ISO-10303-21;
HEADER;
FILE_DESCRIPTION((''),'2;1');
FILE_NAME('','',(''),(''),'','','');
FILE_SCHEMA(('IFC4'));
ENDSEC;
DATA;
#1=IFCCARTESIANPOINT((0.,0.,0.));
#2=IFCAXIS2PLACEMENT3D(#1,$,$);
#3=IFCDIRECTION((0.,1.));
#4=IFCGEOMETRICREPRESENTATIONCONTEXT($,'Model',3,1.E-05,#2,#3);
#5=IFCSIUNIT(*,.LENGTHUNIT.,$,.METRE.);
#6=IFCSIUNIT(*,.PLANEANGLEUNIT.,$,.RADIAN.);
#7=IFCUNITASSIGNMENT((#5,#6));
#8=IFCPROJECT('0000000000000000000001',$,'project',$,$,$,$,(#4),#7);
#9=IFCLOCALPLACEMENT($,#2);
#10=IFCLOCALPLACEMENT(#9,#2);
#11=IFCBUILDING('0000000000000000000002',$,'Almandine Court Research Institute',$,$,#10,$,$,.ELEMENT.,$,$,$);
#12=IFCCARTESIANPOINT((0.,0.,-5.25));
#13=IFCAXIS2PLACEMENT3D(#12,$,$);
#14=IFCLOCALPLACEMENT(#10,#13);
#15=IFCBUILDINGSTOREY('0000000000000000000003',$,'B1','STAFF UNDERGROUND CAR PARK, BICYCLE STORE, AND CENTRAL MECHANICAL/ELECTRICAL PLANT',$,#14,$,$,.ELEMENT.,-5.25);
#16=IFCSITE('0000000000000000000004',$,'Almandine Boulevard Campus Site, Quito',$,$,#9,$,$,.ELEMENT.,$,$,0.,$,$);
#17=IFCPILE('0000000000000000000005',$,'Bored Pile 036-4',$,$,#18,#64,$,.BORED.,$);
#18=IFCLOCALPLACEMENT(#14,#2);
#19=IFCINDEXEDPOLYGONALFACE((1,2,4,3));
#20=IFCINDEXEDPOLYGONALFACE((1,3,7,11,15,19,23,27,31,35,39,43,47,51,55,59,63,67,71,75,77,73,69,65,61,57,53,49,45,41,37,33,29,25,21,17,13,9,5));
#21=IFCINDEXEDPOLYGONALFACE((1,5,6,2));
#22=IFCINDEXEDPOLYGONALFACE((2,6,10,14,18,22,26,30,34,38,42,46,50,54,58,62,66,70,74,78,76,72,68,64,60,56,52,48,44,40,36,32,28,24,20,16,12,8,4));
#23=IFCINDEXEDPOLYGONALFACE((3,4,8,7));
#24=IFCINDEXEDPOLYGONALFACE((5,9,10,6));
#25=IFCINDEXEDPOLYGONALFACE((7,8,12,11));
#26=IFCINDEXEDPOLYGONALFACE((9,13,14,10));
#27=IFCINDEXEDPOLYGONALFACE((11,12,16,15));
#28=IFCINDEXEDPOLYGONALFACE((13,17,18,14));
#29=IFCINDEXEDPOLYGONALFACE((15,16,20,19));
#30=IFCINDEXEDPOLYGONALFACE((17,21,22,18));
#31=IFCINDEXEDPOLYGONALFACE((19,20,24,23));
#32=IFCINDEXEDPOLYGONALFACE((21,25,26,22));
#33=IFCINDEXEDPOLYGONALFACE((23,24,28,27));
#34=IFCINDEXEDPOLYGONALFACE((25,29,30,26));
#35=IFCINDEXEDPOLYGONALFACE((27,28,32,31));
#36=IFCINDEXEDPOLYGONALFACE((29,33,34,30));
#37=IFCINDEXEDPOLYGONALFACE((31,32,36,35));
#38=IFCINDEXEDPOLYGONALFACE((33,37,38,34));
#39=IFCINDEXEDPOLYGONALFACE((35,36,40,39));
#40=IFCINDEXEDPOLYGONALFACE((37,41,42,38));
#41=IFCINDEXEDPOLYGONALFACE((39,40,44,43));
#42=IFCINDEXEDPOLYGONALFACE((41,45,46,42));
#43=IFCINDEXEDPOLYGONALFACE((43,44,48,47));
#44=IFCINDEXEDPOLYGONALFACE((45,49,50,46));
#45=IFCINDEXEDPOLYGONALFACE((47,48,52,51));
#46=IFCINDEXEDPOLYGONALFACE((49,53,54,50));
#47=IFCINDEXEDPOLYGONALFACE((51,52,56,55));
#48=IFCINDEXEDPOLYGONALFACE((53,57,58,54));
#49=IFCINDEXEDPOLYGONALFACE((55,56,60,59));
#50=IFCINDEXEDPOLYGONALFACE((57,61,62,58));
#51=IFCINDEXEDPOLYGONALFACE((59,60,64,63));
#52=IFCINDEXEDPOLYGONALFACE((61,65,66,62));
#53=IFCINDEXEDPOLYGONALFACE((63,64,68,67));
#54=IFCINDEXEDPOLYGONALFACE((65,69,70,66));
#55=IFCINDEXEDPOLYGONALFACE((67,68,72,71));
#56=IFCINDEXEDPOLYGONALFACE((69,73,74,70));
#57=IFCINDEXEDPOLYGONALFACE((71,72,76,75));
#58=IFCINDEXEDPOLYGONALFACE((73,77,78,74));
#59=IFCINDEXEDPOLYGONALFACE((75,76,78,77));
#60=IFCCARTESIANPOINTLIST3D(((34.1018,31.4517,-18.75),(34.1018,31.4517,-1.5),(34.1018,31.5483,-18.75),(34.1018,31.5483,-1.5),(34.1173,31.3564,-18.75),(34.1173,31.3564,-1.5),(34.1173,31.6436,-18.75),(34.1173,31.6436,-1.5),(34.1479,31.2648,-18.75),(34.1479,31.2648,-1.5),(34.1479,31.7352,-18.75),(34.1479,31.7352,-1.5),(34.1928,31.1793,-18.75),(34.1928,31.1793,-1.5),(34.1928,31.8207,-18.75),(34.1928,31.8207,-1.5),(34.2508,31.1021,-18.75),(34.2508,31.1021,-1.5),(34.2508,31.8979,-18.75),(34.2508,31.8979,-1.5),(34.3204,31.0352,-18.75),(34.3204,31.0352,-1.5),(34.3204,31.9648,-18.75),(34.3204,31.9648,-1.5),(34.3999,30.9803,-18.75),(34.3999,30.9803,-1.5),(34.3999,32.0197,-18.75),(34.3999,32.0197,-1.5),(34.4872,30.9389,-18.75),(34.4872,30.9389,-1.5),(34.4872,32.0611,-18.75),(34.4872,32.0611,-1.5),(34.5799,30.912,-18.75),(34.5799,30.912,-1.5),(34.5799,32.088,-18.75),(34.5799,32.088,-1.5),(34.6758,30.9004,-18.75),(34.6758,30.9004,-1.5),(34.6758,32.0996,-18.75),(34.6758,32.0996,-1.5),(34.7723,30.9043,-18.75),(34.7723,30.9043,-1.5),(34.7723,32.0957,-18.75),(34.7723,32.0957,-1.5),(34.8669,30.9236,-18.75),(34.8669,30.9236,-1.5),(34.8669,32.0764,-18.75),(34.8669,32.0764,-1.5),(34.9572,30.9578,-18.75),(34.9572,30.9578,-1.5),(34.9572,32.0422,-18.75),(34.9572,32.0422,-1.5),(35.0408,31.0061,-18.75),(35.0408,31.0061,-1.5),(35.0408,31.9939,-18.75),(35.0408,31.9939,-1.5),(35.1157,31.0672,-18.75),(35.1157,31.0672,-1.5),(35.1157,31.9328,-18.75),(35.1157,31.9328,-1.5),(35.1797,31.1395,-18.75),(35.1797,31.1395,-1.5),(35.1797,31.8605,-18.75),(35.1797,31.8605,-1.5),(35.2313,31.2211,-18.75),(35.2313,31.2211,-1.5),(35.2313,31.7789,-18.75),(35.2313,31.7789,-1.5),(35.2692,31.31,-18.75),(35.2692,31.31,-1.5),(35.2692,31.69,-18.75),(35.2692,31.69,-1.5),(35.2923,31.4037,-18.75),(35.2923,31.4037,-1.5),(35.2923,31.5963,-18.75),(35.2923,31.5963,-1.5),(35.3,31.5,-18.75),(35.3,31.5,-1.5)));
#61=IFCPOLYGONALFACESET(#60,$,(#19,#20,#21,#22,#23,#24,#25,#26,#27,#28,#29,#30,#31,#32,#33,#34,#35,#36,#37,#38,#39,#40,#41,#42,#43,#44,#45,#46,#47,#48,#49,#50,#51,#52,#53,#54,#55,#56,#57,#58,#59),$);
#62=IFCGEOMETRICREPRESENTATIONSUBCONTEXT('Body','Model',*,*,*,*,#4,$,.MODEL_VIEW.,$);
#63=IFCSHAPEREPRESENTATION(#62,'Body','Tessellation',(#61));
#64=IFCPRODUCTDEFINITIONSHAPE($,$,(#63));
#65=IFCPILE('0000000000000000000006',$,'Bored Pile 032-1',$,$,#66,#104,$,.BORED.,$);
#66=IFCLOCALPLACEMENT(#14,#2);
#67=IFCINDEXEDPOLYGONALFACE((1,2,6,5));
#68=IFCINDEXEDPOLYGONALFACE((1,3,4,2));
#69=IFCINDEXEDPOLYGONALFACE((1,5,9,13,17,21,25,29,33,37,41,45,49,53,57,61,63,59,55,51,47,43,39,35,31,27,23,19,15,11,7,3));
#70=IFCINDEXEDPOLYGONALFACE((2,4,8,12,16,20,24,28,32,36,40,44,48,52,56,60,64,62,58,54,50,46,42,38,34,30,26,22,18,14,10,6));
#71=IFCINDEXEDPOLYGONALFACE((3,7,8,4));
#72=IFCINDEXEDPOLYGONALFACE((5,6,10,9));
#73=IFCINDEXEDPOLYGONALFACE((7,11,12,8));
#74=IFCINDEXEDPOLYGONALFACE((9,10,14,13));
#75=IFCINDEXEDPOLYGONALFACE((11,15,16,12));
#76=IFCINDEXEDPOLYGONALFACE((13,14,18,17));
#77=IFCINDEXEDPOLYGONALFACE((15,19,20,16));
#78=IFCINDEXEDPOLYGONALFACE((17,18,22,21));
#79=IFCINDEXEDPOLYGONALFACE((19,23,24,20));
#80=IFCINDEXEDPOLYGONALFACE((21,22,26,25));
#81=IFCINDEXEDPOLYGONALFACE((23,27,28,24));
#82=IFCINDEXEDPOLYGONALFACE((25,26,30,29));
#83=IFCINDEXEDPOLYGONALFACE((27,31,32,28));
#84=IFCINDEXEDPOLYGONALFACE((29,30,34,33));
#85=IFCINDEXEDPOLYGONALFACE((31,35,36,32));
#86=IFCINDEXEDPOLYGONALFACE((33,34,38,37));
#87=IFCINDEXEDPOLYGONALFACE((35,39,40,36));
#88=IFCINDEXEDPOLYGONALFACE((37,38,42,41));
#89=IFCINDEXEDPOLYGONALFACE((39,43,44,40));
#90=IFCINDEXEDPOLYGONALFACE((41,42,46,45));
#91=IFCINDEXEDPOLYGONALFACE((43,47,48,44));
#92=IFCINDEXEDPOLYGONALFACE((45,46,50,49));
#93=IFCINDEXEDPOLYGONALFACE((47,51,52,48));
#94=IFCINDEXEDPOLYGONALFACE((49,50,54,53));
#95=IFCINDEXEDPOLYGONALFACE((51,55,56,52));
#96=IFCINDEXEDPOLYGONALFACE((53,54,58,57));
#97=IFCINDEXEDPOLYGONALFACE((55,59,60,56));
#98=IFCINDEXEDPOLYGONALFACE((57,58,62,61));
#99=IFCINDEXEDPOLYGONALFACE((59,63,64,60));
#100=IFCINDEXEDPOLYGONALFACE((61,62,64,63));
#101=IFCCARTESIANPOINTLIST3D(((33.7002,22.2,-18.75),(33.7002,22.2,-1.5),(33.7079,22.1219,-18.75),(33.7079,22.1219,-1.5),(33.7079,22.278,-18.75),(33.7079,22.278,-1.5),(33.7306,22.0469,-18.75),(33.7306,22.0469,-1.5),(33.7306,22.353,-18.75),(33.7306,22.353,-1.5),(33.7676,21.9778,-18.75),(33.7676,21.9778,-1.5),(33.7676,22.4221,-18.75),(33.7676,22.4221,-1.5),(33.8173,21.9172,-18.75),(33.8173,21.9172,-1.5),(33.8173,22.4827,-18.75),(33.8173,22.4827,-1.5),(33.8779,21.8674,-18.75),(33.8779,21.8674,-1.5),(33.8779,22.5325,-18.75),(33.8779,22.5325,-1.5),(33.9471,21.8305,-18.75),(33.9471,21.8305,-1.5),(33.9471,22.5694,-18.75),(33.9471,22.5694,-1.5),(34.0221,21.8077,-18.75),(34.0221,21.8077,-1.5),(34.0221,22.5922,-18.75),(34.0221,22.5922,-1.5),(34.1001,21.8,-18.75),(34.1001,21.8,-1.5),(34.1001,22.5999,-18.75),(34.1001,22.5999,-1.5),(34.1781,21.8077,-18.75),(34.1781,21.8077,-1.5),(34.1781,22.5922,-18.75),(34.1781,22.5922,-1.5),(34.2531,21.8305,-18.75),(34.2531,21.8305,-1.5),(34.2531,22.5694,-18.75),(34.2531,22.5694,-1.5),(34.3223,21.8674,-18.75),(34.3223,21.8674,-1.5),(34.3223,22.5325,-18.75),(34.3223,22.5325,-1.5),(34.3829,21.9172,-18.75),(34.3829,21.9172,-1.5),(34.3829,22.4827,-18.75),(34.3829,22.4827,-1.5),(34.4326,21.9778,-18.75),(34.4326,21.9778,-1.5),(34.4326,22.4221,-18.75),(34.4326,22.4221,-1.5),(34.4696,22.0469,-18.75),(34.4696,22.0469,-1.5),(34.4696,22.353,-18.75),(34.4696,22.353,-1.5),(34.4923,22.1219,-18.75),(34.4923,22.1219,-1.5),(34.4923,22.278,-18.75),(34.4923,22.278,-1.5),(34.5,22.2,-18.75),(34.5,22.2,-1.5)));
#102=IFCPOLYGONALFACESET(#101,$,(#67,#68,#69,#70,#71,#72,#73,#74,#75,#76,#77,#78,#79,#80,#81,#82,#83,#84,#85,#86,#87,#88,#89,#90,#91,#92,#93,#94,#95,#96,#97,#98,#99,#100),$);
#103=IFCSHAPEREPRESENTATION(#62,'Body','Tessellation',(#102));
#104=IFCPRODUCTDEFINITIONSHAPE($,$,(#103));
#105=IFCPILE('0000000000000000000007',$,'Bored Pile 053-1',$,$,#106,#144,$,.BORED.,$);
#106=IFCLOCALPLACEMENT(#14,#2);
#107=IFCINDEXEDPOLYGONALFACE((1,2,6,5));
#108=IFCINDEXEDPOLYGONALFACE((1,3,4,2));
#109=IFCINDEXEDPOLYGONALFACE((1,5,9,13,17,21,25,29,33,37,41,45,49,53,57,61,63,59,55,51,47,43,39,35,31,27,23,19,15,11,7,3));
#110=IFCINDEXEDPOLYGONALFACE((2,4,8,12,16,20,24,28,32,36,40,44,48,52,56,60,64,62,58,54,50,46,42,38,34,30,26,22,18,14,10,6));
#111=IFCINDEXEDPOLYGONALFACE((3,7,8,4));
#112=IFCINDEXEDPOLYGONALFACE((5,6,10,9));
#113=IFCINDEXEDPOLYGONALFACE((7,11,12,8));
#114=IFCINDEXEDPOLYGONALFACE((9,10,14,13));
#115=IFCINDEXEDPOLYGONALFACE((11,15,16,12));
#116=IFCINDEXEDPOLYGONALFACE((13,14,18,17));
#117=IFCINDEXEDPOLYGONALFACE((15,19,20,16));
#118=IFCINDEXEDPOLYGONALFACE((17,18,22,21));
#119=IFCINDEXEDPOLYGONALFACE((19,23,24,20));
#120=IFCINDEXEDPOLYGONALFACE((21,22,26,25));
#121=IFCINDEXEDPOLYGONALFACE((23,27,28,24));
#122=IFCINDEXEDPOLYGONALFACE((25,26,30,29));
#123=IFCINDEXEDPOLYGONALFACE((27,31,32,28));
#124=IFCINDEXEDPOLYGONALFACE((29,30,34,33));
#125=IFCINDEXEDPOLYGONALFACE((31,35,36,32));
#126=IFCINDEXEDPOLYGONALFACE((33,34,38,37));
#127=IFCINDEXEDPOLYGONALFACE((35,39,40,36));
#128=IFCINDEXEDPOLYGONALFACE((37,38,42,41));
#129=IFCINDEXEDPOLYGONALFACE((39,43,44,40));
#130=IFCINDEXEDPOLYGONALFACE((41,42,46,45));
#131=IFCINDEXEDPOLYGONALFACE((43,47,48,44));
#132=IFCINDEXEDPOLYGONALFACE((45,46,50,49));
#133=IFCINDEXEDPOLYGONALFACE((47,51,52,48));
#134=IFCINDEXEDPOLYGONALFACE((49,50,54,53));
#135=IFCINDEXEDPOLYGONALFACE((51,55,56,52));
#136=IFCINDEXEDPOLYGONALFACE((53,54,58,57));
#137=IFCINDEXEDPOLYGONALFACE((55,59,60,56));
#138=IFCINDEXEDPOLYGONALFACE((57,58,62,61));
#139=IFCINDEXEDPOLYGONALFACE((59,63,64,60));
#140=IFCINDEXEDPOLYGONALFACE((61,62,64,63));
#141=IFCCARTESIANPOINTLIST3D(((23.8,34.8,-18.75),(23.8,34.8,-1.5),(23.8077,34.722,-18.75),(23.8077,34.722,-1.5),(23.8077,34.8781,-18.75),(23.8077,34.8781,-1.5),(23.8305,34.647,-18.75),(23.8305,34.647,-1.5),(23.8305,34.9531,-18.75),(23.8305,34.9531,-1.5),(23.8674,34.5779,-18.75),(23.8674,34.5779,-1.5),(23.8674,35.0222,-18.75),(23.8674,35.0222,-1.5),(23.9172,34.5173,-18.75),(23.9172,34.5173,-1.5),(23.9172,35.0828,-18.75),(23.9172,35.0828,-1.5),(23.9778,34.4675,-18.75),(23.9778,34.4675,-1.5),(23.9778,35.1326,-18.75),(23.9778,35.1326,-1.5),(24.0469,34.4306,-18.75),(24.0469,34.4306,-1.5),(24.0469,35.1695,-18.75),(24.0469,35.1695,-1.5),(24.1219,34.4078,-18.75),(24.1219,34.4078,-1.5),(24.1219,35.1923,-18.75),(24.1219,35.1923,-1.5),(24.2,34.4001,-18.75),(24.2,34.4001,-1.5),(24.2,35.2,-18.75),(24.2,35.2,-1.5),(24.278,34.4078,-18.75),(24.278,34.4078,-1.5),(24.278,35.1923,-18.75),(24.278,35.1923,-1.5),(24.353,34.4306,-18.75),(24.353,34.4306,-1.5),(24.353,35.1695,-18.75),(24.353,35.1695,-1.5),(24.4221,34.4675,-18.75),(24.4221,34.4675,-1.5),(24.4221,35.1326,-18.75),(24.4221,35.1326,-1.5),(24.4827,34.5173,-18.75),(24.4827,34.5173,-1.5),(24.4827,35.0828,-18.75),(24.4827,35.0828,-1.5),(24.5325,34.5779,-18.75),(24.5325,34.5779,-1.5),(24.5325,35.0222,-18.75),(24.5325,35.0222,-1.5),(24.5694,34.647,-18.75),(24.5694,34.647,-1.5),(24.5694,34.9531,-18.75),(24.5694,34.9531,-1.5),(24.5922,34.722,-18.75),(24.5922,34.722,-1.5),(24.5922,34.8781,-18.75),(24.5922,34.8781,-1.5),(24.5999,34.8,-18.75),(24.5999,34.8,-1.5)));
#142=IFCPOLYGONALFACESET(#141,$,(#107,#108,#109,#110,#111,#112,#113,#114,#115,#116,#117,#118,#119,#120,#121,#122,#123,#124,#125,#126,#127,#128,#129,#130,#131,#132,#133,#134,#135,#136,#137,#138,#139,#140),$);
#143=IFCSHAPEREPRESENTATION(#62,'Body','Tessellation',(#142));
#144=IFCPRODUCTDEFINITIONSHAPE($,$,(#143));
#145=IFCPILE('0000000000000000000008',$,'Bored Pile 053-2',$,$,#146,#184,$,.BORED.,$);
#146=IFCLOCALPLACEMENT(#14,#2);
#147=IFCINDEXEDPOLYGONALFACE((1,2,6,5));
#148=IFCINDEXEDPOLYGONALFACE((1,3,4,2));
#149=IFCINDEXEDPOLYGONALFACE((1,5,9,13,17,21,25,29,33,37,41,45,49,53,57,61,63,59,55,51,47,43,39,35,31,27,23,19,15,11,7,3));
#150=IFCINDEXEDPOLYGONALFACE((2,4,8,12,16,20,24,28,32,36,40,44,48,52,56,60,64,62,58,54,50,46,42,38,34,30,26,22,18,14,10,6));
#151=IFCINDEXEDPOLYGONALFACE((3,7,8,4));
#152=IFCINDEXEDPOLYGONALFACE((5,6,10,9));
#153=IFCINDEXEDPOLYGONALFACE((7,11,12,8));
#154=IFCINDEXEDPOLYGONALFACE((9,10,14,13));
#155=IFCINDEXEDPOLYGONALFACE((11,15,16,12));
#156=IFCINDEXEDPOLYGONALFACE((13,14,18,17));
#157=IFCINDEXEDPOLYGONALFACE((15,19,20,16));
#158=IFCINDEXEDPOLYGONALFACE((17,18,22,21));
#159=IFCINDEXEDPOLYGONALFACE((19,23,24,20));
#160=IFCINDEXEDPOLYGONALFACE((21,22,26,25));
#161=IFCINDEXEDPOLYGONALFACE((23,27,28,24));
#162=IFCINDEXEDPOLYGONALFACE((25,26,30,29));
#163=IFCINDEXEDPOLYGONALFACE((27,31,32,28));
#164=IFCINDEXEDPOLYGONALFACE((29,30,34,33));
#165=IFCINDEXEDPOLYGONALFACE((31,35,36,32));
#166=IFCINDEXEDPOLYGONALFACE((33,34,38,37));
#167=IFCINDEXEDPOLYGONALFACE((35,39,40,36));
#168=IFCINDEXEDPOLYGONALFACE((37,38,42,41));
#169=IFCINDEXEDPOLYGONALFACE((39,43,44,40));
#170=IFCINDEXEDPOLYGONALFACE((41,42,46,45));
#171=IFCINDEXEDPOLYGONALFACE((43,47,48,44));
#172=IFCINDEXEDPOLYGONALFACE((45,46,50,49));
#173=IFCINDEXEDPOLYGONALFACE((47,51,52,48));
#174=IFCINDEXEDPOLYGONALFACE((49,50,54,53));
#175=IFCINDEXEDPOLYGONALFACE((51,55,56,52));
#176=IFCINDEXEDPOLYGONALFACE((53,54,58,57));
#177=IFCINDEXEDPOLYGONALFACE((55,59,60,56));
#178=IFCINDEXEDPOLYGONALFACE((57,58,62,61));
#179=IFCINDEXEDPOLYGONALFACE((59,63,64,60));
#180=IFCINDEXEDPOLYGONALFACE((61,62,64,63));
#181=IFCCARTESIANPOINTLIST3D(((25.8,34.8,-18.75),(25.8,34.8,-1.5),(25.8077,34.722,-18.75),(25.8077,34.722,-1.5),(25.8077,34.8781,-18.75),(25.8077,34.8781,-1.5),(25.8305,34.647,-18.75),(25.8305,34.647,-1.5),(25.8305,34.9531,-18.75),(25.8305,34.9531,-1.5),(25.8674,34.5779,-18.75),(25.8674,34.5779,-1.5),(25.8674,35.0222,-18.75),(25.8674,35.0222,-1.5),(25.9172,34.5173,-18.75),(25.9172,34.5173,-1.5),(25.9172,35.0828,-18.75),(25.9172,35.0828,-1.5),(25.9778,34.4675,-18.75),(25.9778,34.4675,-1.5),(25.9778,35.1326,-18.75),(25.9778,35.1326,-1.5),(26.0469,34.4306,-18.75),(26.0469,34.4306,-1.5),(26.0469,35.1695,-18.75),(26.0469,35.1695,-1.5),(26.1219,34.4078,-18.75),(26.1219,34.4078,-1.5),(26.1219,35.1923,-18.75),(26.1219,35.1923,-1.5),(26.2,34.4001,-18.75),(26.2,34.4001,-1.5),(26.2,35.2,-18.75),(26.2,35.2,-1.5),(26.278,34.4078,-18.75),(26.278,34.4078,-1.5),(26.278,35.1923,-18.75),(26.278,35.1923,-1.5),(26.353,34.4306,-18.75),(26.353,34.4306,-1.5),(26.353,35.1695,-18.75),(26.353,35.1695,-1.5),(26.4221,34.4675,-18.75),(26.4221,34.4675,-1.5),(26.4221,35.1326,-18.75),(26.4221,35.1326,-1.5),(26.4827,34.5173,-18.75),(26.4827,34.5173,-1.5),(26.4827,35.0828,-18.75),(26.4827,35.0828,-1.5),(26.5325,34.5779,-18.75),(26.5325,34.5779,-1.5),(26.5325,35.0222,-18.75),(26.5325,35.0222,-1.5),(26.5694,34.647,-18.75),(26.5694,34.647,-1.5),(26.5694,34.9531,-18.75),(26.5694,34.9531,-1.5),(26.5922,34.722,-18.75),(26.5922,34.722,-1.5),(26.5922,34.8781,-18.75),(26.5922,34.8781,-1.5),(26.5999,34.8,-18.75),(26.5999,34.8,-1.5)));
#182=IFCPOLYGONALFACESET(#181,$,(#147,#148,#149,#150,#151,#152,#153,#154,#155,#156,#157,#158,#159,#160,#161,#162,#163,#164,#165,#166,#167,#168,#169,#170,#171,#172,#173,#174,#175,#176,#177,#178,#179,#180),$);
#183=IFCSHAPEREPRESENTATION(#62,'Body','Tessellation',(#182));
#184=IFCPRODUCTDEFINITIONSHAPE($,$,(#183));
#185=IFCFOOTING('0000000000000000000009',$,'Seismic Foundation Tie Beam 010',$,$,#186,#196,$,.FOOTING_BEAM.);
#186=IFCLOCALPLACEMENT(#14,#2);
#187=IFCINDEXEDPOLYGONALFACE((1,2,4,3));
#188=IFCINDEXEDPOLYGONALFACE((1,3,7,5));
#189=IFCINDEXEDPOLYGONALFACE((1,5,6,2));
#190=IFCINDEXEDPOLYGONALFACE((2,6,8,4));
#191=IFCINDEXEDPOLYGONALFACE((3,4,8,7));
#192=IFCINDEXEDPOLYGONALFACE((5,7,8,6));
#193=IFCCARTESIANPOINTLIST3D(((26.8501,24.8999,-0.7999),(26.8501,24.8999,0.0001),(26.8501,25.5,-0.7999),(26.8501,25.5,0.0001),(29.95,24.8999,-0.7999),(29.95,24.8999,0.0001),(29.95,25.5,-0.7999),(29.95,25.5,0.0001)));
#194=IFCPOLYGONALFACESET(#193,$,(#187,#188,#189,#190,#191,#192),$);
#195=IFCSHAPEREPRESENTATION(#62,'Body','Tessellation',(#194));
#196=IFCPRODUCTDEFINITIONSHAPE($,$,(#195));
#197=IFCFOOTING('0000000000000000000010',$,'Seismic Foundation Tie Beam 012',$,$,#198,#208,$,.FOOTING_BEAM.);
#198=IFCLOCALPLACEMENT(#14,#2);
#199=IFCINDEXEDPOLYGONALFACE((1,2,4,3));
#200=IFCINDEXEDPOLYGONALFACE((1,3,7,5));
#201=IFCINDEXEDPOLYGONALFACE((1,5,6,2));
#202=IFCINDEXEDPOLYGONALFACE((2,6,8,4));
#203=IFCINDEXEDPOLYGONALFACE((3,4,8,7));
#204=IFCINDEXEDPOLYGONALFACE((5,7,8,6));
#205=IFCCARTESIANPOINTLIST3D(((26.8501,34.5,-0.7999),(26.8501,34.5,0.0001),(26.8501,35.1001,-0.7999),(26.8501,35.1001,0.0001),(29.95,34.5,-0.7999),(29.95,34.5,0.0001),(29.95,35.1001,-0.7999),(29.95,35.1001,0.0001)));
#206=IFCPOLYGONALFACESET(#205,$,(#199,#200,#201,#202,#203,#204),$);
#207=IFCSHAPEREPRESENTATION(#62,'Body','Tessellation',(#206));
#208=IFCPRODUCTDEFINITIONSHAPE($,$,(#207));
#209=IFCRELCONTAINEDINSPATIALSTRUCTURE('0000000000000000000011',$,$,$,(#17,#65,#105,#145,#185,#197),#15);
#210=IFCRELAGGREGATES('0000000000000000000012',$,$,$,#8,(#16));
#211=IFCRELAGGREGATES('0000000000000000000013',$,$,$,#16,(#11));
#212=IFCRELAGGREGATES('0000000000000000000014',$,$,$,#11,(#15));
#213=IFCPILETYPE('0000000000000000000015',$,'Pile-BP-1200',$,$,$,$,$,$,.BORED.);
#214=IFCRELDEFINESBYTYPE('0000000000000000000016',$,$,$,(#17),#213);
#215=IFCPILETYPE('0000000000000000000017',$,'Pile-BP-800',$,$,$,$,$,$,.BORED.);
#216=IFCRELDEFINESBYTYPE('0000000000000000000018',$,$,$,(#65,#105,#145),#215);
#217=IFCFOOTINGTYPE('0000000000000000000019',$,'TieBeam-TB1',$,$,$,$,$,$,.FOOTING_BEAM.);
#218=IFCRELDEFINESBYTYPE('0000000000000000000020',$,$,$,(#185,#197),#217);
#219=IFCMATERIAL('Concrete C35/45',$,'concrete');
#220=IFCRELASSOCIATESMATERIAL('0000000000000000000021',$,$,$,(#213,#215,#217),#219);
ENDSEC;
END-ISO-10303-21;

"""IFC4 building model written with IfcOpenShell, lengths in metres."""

from ifc_helpers import new_model, si_unit, direction, frame, origin, origin_2d, place, context, subcontext, project, spatial, rectangle, circle, extrude, material, material_profile, profile_set, type_object, element, save


model = new_model("IFC4")

# Units and contexts
model_context = context("Model", 3, precision=1e-05, world=origin(), true_north=direction((0.0, 1.0)))
body_context = subcontext(model_context, "Body", "Model", "MODEL_VIEW")
ifc_project = project(units=[si_unit("LENGTHUNIT", "METRE"), si_unit("PLANEANGLEUNIT", "RADIAN")], contexts=[model_context])

# Site, building, storey
site_placement = place(None, origin())
site = spatial("IfcSite", under=ifc_project, at=site_placement, Name="Almandine Boulevard Campus Site, Quito", CompositionType="ELEMENT", RefElevation=0.0)
building_placement = place(site_placement, origin())
building = spatial("IfcBuilding", under=site, at=building_placement, Name="Almandine Court Research Institute", CompositionType="ELEMENT")
storey_placement = place(building_placement, frame((0.0, 0.0, -5.25)))
storey = spatial("IfcBuildingStorey", under=building, at=storey_placement, Name="B1", Description="STAFF UNDERGROUND CAR PARK, BICYCLE STORE, AND CENTRAL MECHANICAL/ELECTRICAL PLANT", CompositionType="ELEMENT", Elevation=-5.25)

# Shared definitions
ifc_material_1 = material(Name="Concrete C35/45", Category="concrete")

# Piles
ifc_material_profile_1 = material_profile(ifc_material_1, circle(Radius=0.6001, at=origin_2d()), Name="BORED PILE D1200")
ifc_profile_set_1 = profile_set([ifc_material_profile_1], Name="Concrete C35/45")
pile_type_1 = type_object("IfcPileType", Name="Pile-BP-1200", PredefinedType="BORED", material=ifc_profile_set_1)
for number, where, z_axis, x_axis, name in (
    (1, (34.7, 31.5, -1.5), (0.0, 0.0, -1.0), (1.0, 0.0, 0.0), "Bored Pile 036-4"),
):
    element("IfcPile", number, at=place(storey_placement, frame(where, z_axis=z_axis, x_axis=x_axis)), inside=storey, type_object=pile_type_1, Name=name, PredefinedType="BORED", context=body_context, shape_type="SweptSolid", body=[
        extrude(circle(Radius=0.6001, at=origin_2d()), origin(), (0.0, 0.0, 1.0), 17.25),
    ])
ifc_material_profile_2 = material_profile(ifc_material_1, circle(Radius=0.3999, at=origin_2d()), Name="BORED PILE D800")
ifc_profile_set_2 = profile_set([ifc_material_profile_2], Name="Concrete C35/45")
pile_type_2 = type_object("IfcPileType", Name="Pile-BP-800", PredefinedType="BORED", material=ifc_profile_set_2)
for number, where, z_axis, x_axis, name in (
    (2, (34.1001, 22.2, -1.5), (0.0, 0.0, -1.0), (1.0, 0.0, 0.0), "Bored Pile 032-1"),
    (3, (24.2, 34.8, -1.5), (0.0, 0.0, -1.0), (1.0, 0.0, 0.0), "Bored Pile 053-1"),
    (4, (26.2, 34.8, -1.5), (0.0, 0.0, -1.0), (1.0, 0.0, 0.0), "Bored Pile 053-2"),
):
    element("IfcPile", number, at=place(storey_placement, frame(where, z_axis=z_axis, x_axis=x_axis)), inside=storey, type_object=pile_type_2, Name=name, PredefinedType="BORED", context=body_context, shape_type="SweptSolid", body=[
        extrude(circle(Radius=0.3999, at=origin_2d()), origin(), (0.0, 0.0, 1.0), 17.25),
    ])

# Footings
ifc_material_profile_3 = material_profile(ifc_material_1, rectangle(XDim=0.6001, YDim=0.8, at=origin_2d()), Name="RC TIE 600x800")
ifc_profile_set_3 = profile_set([ifc_material_profile_3], Name="Concrete C35/45")
footing_type_1 = type_object("IfcFootingType", Name="TieBeam-TB1", PredefinedType="FOOTING_BEAM", material=ifc_profile_set_3)
for number, where, z_axis, x_axis, name in (
    (5, (26.8501, 25.2, -0.3999), (1.0, 0.0, 0.0), (0.0, 1.0, 0.0), "Seismic Foundation Tie Beam 010"),
    (6, (26.8501, 34.8, -0.3999), (1.0, 0.0, 0.0), (0.0, 1.0, 0.0), "Seismic Foundation Tie Beam 012"),
):
    element("IfcFooting", number, at=place(storey_placement, frame(where, z_axis=z_axis, x_axis=x_axis)), inside=storey, type_object=footing_type_1, Name=name, PredefinedType="FOOTING_BEAM", context=body_context, shape_type="SweptSolid", body=[
        extrude(rectangle(XDim=0.6001, YDim=0.8, at=origin_2d()), origin(), (0.0, 0.0, 1.0), 3.0999),
    ])

save(model, "model.ifc")
